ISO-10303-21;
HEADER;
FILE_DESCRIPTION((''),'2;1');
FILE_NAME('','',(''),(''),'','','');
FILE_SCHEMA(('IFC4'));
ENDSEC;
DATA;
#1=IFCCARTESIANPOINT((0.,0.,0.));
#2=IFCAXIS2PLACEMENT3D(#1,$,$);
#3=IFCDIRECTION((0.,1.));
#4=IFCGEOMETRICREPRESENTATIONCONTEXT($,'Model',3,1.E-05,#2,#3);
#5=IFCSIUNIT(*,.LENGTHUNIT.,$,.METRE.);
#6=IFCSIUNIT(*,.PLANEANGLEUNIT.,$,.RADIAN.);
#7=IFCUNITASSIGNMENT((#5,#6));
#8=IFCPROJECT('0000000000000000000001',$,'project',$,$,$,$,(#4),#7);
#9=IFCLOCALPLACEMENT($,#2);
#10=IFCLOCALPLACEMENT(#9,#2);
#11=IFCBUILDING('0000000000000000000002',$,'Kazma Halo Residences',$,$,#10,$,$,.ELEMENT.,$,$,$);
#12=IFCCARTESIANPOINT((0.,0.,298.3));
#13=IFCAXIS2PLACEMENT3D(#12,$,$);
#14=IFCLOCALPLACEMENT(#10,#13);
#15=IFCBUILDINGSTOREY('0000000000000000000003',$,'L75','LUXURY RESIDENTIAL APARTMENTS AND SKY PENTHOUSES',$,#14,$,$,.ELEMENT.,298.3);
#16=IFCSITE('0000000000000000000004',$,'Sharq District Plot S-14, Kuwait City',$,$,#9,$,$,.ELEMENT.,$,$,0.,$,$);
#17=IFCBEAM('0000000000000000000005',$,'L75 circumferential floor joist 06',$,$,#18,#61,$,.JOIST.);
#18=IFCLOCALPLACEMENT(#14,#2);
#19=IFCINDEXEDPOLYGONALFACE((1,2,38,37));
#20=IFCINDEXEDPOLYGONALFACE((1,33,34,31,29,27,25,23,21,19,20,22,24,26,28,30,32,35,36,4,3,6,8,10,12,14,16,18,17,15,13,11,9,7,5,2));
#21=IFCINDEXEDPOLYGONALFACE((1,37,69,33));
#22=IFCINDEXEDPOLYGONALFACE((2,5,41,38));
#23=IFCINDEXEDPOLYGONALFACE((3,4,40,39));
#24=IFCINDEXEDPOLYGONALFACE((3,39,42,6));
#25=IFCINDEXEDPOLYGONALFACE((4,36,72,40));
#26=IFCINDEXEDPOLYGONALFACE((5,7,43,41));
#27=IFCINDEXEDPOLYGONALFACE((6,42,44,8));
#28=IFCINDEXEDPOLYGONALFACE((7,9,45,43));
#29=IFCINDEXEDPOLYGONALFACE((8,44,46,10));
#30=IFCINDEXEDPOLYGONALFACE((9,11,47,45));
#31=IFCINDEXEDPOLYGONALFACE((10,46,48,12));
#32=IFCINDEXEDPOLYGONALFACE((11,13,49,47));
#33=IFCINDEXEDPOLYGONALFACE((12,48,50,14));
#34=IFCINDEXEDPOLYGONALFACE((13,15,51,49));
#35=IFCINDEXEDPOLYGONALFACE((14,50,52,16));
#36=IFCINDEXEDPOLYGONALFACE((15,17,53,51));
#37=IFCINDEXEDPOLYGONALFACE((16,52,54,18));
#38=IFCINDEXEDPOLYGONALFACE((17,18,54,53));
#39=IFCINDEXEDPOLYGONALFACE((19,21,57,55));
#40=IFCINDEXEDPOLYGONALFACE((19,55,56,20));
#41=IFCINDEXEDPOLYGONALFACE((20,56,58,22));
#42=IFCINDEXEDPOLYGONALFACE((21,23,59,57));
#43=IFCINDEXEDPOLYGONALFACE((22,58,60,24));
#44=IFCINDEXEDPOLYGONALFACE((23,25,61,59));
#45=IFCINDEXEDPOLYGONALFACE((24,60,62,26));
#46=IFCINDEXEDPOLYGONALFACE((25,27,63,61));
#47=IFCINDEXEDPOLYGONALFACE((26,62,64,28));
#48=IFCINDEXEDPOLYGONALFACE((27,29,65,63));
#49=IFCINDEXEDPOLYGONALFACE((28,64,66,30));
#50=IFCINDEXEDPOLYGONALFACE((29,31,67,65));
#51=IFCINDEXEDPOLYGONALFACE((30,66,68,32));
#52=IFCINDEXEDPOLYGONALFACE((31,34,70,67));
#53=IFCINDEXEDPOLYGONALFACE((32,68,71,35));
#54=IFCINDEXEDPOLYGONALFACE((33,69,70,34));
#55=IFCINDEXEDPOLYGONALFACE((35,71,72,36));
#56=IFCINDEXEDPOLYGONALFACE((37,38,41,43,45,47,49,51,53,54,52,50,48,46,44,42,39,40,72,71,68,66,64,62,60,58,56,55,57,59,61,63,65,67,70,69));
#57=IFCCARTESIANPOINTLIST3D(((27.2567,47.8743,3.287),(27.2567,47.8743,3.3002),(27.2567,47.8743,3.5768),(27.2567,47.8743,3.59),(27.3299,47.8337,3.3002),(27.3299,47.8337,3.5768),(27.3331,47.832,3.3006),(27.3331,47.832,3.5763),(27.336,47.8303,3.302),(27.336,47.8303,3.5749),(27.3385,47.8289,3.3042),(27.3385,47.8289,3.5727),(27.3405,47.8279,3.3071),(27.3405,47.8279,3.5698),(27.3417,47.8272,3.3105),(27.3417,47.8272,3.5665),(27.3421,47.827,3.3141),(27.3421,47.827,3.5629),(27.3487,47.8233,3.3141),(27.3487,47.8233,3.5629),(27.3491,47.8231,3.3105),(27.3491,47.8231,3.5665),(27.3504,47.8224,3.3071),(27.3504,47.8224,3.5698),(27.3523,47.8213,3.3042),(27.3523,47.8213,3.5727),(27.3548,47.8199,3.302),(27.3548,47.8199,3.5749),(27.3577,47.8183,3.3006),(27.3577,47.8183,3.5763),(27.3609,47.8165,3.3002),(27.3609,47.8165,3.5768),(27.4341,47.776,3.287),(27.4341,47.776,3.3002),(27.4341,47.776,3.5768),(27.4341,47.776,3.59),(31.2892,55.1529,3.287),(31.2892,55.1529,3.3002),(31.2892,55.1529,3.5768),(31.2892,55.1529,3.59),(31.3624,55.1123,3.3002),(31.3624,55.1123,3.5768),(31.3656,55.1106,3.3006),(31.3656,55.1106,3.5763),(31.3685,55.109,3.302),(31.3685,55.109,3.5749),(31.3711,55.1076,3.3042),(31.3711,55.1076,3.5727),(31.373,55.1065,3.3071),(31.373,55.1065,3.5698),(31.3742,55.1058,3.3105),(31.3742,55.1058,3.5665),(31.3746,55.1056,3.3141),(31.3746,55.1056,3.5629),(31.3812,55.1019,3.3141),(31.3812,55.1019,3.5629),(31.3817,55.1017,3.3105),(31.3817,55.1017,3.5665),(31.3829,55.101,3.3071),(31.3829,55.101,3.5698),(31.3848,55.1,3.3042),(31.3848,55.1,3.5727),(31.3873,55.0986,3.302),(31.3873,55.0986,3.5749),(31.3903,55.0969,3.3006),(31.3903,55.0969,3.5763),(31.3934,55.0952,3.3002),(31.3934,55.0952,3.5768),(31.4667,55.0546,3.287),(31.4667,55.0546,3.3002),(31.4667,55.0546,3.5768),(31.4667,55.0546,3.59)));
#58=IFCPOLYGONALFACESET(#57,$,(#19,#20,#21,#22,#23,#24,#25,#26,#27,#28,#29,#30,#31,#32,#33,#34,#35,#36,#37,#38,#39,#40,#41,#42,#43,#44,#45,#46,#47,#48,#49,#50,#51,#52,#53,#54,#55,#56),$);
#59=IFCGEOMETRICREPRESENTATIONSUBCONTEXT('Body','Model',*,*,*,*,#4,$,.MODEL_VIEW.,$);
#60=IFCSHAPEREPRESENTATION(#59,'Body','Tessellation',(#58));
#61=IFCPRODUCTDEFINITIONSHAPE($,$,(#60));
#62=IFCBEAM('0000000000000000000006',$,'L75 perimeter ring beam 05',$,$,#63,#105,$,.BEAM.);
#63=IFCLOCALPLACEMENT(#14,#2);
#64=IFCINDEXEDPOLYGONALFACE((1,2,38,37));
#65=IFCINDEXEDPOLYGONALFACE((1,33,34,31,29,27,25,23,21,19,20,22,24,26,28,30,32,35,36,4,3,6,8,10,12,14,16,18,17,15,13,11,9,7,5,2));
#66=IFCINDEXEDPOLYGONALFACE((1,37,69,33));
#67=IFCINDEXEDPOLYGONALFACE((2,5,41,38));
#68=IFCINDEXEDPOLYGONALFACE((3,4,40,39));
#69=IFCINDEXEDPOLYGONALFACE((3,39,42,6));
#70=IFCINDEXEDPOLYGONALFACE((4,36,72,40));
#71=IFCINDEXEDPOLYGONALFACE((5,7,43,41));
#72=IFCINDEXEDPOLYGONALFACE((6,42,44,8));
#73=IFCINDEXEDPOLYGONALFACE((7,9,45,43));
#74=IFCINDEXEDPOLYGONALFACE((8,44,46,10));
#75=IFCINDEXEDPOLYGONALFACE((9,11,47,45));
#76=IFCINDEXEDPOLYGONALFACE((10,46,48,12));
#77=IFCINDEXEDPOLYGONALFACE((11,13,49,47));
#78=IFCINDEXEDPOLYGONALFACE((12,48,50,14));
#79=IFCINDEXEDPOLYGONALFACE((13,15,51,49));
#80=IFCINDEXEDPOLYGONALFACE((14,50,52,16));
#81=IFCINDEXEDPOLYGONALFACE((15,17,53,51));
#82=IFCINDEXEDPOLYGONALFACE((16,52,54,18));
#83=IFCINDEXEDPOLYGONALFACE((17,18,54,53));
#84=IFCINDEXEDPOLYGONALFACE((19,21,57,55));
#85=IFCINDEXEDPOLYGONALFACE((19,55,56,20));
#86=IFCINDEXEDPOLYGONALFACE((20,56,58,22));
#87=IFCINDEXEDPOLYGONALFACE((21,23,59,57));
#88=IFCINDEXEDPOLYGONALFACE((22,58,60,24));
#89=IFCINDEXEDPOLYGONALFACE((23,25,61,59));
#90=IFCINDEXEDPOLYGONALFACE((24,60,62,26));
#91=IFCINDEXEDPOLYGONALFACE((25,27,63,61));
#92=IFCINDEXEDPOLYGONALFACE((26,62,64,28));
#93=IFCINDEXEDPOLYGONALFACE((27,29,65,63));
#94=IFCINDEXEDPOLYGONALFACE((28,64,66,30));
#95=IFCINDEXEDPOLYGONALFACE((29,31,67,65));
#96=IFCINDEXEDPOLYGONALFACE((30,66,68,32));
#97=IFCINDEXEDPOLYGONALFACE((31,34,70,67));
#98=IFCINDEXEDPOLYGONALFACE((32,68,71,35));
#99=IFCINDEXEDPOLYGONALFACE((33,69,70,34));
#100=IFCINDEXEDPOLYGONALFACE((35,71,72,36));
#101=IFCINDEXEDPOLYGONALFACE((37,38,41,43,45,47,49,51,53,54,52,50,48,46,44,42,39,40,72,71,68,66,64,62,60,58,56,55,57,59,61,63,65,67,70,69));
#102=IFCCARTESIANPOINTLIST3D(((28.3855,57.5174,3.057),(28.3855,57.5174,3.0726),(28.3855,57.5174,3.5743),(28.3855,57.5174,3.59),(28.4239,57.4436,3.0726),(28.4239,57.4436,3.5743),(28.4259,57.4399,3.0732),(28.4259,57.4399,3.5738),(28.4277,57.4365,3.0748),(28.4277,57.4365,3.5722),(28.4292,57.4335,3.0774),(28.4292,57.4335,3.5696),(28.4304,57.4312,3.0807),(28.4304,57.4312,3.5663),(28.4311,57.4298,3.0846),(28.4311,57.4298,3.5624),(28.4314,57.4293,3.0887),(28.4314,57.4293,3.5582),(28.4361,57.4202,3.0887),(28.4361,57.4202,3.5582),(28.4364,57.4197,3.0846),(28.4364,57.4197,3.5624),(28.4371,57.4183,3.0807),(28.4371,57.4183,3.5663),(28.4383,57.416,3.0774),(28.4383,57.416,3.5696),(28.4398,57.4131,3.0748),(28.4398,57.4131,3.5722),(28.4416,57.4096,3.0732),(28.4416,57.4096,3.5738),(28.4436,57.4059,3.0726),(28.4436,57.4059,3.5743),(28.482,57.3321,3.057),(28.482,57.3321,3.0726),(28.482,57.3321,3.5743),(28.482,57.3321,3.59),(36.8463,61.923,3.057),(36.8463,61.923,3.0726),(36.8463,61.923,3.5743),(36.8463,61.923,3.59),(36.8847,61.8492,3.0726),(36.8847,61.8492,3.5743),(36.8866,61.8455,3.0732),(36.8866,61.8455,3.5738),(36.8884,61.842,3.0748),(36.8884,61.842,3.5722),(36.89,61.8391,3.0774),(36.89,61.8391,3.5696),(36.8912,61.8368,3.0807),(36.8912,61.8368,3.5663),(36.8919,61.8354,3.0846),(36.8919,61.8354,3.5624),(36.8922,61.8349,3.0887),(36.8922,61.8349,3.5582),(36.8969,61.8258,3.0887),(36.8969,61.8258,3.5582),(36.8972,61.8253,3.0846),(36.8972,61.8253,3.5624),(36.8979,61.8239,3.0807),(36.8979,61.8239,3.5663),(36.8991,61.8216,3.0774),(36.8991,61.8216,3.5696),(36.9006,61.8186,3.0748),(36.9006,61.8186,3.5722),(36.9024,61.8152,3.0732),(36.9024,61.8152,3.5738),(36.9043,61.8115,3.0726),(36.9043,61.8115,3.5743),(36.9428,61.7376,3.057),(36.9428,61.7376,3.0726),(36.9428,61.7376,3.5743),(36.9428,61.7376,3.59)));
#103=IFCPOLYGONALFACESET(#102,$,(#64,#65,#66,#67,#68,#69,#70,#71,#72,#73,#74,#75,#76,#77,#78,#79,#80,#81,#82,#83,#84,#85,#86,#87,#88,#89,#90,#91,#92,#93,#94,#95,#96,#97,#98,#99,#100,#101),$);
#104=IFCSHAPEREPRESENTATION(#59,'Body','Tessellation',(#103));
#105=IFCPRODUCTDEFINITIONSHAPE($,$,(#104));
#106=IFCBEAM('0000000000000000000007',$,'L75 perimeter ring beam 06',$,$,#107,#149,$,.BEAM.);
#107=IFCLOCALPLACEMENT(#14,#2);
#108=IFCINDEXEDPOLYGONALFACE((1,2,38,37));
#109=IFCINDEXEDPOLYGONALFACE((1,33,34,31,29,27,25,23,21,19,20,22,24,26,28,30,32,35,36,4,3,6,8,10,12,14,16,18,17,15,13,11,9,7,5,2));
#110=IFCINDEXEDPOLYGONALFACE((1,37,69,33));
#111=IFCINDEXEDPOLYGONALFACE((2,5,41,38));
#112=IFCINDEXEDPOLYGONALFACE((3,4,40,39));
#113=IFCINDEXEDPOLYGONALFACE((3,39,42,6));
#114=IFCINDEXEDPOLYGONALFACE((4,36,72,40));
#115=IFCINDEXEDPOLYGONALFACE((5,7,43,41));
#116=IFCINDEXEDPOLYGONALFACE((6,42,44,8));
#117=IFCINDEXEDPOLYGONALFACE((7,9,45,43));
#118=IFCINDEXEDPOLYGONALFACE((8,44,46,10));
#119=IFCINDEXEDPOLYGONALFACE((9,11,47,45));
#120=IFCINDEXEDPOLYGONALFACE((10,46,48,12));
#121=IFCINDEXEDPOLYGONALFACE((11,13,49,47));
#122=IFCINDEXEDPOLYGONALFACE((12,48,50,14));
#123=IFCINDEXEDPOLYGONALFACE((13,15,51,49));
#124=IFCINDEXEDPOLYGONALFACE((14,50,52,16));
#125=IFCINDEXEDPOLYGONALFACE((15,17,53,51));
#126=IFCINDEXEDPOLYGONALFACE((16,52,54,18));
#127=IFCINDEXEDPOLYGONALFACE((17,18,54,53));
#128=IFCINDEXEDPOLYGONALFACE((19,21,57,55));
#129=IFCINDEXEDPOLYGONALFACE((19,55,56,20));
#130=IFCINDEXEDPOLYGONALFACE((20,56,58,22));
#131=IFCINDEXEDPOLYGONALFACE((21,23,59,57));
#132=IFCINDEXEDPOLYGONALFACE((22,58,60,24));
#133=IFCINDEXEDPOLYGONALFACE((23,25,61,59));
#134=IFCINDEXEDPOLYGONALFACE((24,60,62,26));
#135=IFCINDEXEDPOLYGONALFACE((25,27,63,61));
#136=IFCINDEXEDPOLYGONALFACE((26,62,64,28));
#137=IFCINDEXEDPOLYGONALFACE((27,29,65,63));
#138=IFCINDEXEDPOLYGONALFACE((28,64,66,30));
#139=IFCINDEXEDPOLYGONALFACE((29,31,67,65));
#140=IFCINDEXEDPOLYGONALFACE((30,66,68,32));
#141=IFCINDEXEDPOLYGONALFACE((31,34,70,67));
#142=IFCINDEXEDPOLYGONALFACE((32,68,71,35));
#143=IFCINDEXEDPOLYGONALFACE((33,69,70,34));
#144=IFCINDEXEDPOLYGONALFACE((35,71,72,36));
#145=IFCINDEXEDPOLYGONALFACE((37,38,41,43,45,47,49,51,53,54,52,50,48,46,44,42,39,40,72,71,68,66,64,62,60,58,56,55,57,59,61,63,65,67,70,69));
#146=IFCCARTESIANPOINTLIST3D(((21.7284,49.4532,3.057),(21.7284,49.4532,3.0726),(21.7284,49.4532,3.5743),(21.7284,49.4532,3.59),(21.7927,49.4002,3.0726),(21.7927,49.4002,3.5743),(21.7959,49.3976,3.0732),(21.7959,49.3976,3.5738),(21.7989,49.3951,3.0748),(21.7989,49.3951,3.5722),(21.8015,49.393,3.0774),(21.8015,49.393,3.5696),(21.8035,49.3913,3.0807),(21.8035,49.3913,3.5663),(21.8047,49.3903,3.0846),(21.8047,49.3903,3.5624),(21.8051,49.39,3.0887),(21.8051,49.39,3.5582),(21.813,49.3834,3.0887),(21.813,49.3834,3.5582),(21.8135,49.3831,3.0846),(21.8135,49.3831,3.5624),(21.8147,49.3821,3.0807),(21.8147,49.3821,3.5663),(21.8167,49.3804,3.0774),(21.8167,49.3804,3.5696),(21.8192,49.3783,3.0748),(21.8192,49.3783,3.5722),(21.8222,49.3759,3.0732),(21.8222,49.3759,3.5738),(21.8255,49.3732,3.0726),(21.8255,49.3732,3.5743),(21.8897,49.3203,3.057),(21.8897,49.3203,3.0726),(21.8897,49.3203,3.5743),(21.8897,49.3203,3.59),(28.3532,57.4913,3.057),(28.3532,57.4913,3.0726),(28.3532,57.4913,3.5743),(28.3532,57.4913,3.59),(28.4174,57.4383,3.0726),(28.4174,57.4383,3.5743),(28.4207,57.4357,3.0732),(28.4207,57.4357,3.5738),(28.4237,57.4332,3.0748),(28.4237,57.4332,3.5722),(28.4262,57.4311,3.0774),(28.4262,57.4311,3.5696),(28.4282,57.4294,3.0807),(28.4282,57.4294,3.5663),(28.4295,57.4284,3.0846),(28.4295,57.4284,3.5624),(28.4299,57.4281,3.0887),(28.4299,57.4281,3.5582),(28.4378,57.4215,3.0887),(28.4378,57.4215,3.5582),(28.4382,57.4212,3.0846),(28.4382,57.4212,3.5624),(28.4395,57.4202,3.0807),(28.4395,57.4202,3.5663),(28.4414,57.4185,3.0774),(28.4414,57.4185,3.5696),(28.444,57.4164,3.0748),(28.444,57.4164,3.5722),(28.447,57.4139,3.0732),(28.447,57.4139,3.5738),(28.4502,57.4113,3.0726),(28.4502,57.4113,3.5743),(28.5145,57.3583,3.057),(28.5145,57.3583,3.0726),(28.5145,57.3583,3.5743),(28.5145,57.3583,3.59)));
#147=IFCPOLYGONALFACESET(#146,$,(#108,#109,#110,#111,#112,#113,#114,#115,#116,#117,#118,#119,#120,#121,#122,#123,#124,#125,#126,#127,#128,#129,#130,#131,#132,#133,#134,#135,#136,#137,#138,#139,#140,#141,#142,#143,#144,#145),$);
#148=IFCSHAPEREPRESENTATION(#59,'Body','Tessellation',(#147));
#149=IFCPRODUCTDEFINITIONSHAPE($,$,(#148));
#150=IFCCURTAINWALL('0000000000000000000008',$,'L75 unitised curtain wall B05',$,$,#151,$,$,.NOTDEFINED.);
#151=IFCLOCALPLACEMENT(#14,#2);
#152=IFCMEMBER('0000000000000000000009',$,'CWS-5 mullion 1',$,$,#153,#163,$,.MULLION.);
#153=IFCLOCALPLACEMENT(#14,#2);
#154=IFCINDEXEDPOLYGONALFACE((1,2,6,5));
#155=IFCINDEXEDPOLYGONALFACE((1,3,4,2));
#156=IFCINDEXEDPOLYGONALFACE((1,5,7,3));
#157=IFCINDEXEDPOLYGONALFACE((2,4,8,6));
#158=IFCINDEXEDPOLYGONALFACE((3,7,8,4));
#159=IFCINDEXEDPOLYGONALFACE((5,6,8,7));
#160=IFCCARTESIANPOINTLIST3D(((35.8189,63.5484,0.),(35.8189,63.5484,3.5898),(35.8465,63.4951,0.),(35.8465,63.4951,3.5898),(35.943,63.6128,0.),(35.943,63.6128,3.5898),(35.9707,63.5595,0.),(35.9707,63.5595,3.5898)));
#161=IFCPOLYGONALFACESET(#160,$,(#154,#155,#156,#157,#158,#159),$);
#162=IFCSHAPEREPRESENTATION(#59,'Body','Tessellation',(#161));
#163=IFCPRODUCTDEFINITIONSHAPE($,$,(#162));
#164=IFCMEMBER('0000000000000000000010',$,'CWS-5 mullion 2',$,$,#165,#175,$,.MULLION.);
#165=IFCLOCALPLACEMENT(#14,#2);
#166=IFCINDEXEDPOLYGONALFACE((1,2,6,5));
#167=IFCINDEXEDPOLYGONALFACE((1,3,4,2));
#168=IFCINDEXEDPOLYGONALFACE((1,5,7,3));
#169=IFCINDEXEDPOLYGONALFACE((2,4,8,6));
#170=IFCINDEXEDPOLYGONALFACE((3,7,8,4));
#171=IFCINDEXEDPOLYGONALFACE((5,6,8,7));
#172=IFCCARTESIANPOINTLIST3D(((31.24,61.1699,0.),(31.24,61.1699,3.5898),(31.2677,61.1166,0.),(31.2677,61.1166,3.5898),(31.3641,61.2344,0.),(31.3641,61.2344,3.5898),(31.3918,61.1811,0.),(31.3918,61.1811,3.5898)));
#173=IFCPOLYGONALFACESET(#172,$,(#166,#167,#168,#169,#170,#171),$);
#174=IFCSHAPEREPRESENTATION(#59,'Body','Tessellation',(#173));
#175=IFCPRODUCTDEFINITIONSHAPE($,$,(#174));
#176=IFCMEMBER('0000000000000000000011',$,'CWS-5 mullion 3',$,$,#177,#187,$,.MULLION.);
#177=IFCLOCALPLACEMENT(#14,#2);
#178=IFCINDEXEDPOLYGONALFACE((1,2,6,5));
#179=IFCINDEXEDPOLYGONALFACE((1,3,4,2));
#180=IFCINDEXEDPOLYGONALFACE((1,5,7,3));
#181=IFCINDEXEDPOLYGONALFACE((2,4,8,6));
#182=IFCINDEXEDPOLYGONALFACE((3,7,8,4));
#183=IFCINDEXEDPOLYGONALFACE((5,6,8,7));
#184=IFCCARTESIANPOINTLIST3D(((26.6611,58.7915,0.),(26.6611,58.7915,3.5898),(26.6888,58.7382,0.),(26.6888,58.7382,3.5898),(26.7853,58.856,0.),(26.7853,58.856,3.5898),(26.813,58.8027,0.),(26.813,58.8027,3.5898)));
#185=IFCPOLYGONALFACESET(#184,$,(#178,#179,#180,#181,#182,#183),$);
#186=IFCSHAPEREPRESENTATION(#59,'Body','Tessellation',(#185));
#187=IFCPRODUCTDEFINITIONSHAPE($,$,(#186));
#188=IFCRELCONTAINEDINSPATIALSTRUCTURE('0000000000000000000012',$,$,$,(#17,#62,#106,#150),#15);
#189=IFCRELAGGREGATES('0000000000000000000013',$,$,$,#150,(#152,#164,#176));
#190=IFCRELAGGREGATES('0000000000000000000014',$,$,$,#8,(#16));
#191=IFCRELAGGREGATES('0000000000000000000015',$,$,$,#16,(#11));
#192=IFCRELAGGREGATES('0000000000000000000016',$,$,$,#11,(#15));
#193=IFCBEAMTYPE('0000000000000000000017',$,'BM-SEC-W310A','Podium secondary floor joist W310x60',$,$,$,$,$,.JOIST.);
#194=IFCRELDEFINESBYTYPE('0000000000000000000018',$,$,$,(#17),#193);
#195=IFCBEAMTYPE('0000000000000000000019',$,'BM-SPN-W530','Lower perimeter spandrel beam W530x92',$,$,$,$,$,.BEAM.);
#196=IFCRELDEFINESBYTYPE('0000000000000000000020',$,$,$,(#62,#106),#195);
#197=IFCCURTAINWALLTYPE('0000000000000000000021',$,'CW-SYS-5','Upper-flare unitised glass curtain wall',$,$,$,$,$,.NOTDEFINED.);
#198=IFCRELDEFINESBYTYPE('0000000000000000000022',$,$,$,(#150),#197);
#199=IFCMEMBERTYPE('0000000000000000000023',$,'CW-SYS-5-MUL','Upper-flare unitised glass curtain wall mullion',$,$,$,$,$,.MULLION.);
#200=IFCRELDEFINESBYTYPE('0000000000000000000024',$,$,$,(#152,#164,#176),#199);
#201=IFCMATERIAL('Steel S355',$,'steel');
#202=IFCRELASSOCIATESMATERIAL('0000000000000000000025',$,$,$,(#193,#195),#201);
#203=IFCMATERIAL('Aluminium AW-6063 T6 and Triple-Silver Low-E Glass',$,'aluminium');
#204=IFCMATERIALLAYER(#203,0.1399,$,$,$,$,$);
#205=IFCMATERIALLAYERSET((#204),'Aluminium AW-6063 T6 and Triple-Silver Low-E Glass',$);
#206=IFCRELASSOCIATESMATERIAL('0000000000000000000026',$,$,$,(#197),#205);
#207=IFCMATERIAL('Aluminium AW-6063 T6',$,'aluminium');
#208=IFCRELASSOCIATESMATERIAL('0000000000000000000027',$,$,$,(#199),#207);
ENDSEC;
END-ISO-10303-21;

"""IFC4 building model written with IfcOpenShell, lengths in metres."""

from ifc_helpers import new_model, si_unit, direction, frame, origin, origin_2d, place, context, subcontext, project, spatial, rectangle, i_section, extrude, material, layer, layer_set, material_profile, profile_set, type_object, element, aggregate, save


model = new_model("IFC4")

# Units and contexts
model_context = context("Model", 3, precision=1e-05, world=origin(), true_north=direction((0.0, 1.0)))
body_context = subcontext(model_context, "Body", "Model", "MODEL_VIEW")
ifc_project = project(units=[si_unit("LENGTHUNIT", "METRE"), si_unit("PLANEANGLEUNIT", "RADIAN")], contexts=[model_context])

# Site, building, storey
site_placement = place(None, origin())
site = spatial("IfcSite", under=ifc_project, at=site_placement, Name="Sharq District Plot S-14, Kuwait City", CompositionType="ELEMENT", RefElevation=0.0)
building_placement = place(site_placement, origin())
building = spatial("IfcBuilding", under=site, at=building_placement, Name="Kazma Halo Residences", CompositionType="ELEMENT")
storey_placement = place(building_placement, frame((0.0, 0.0, 298.3)))
storey = spatial("IfcBuildingStorey", under=building, at=storey_placement, Name="L75", Description="LUXURY RESIDENTIAL APARTMENTS AND SKY PENTHOUSES", CompositionType="ELEMENT", Elevation=298.3)

# Beams
ifc_material_1 = material(Name="Steel S355", Category="steel")
ifc_material_profile_1 = material_profile(ifc_material_1, i_section(OverallWidth=0.2029, OverallDepth=0.303, WebThickness=0.0076, FlangeThickness=0.0132, FilletRadius=0.0139, at=origin_2d()), Name="W310x60")
ifc_profile_set_1 = profile_set([ifc_material_profile_1], Name="Steel S355")
beam_type_1 = type_object("IfcBeamType", Name="BM-SEC-W310A", Description="Podium secondary floor joist W310x60", PredefinedType="JOIST", material=ifc_profile_set_1)
beam_1_placement = place(storey_placement, frame((31.3779, 55.1038, 3.4385), z_axis=(-0.484616, -0.874727, 0.0), x_axis=(0.874727, -0.484616, 0.0)))
element("IfcBeam", 1, at=beam_1_placement, inside=storey, type_object=beam_type_1, Name="L75 circumferential floor joist 06", PredefinedType="JOIST", context=body_context, shape_type="SweptSolid", body=[
    extrude(i_section(OverallWidth=0.2029, OverallDepth=0.303, WebThickness=0.0076, FlangeThickness=0.0132, FilletRadius=0.0139, at=origin_2d()), origin(), (0.0, 0.0, 1.0), 8.321),
])
ifc_material_profile_2 = material_profile(ifc_material_1, i_section(OverallWidth=0.209, OverallDepth=0.533, WebThickness=0.0103, FlangeThickness=0.0156, FilletRadius=0.0161, at=origin_2d()), Name="W530x92")
ifc_profile_set_2 = profile_set([ifc_material_profile_2], Name="Steel S355")
beam_type_2 = type_object("IfcBeamType", Name="BM-SPN-W530", Description="Lower perimeter spandrel beam W530x92", PredefinedType="BEAM", material=ifc_profile_set_2)
beam_2_placement = place(storey_placement, frame((36.8945, 61.8303, 3.3235), z_axis=(-0.886961, -0.461844, 0.0), x_axis=(0.461844, -0.886961, 0.0)))
element("IfcBeam", 2, at=beam_2_placement, inside=storey, type_object=beam_type_2, Name="L75 perimeter ring beam 05", PredefinedType="BEAM", context=body_context, shape_type="SweptSolid", body=[
    extrude(i_section(OverallWidth=0.209, OverallDepth=0.533, WebThickness=0.0103, FlangeThickness=0.0156, FilletRadius=0.0161, at=origin_2d()), origin(), (0.0, 0.0, 1.0), 9.5391),
])
beam_3_placement = place(storey_placement, frame((28.4338, 57.4248, 3.3235), z_axis=(-0.636002, -0.771687, 0.0), x_axis=(0.771687, -0.636002, 0.0)))
element("IfcBeam", 3, at=beam_3_placement, inside=storey, type_object=beam_type_2, Name="L75 perimeter ring beam 06", PredefinedType="BEAM", context=body_context, shape_type="SweptSolid", body=[
    extrude(i_section(OverallWidth=0.209, OverallDepth=0.533, WebThickness=0.0103, FlangeThickness=0.0156, FilletRadius=0.0161, at=origin_2d()), origin(), (0.0, 0.0, 1.0), 10.4163),
])

# Curtain wall, members
ifc_material_2 = material(Name="Aluminium AW-6063 T6 and Triple-Silver Low-E Glass", Category="aluminium")
ifc_layer_1 = layer(ifc_material_2, 0.1399)
ifc_layer_set_1 = layer_set([ifc_layer_1], Name="Aluminium AW-6063 T6 and Triple-Silver Low-E Glass")
curtain_wall_type = type_object("IfcCurtainWallType", Name="CW-SYS-5", Description="Upper-flare unitised glass curtain wall", PredefinedType="NOTDEFINED", material=ifc_layer_set_1)
curtain_wall_placement = place(storey_placement, origin())
curtain_wall = element("IfcCurtainWall", 4, at=curtain_wall_placement, inside=storey, type_object=curtain_wall_type, Name="L75 unitised curtain wall B05", PredefinedType="NOTDEFINED")
ifc_material_3 = material(Name="Aluminium AW-6063 T6", Category="aluminium")
ifc_material_profile_3 = material_profile(ifc_material_3, rectangle(XDim=0.0601, YDim=0.1399, at=origin_2d()), Name="CWM-60x140")
ifc_profile_set_3 = profile_set([ifc_material_profile_3], Name="Aluminium AW-6063 T6")
member_type_1 = type_object("IfcMemberType", Name="CW-SYS-5-MUL", Description="Upper-flare unitised glass curtain wall mullion", PredefinedType="MULLION", material=ifc_profile_set_3)
member_1_placement = place(storey_placement, frame((35.8948, 63.554, 0.0), z_axis=(0.0, 0.0, 1.0), x_axis=(0.460961, -0.887421, 0.0)))
member_1 = element("IfcMember", 5, at=member_1_placement, type_object=member_type_1, Name="CWS-5 mullion 1", PredefinedType="MULLION", context=body_context, shape_type="SweptSolid", body=[
    extrude(rectangle(XDim=0.0601, YDim=0.1399, at=origin_2d()), origin(), (0.0, 0.0, 1.0), 3.5898),
])
member_2_placement = place(storey_placement, frame((31.3159, 61.1755, 0.0), z_axis=(0.0, 0.0, 1.0), x_axis=(0.460961, -0.887421, 0.0)))
member_2 = element("IfcMember", 6, at=member_2_placement, type_object=member_type_1, Name="CWS-5 mullion 2", PredefinedType="MULLION", context=body_context, shape_type="SweptSolid", body=[
    extrude(rectangle(XDim=0.0601, YDim=0.1399, at=origin_2d()), origin(), (0.0, 0.0, 1.0), 3.5898),
])
member_3_placement = place(storey_placement, frame((26.7371, 58.7971, 0.0), z_axis=(0.0, 0.0, 1.0), x_axis=(0.460961, -0.887421, 0.0)))
member_3 = element("IfcMember", 7, at=member_3_placement, type_object=member_type_1, Name="CWS-5 mullion 3", PredefinedType="MULLION", context=body_context, shape_type="SweptSolid", body=[
    extrude(rectangle(XDim=0.0601, YDim=0.1399, at=origin_2d()), origin(), (0.0, 0.0, 1.0), 3.5898),
])
aggregate(curtain_wall, [member_1, member_2, member_3])

save(model, "model.ifc")
